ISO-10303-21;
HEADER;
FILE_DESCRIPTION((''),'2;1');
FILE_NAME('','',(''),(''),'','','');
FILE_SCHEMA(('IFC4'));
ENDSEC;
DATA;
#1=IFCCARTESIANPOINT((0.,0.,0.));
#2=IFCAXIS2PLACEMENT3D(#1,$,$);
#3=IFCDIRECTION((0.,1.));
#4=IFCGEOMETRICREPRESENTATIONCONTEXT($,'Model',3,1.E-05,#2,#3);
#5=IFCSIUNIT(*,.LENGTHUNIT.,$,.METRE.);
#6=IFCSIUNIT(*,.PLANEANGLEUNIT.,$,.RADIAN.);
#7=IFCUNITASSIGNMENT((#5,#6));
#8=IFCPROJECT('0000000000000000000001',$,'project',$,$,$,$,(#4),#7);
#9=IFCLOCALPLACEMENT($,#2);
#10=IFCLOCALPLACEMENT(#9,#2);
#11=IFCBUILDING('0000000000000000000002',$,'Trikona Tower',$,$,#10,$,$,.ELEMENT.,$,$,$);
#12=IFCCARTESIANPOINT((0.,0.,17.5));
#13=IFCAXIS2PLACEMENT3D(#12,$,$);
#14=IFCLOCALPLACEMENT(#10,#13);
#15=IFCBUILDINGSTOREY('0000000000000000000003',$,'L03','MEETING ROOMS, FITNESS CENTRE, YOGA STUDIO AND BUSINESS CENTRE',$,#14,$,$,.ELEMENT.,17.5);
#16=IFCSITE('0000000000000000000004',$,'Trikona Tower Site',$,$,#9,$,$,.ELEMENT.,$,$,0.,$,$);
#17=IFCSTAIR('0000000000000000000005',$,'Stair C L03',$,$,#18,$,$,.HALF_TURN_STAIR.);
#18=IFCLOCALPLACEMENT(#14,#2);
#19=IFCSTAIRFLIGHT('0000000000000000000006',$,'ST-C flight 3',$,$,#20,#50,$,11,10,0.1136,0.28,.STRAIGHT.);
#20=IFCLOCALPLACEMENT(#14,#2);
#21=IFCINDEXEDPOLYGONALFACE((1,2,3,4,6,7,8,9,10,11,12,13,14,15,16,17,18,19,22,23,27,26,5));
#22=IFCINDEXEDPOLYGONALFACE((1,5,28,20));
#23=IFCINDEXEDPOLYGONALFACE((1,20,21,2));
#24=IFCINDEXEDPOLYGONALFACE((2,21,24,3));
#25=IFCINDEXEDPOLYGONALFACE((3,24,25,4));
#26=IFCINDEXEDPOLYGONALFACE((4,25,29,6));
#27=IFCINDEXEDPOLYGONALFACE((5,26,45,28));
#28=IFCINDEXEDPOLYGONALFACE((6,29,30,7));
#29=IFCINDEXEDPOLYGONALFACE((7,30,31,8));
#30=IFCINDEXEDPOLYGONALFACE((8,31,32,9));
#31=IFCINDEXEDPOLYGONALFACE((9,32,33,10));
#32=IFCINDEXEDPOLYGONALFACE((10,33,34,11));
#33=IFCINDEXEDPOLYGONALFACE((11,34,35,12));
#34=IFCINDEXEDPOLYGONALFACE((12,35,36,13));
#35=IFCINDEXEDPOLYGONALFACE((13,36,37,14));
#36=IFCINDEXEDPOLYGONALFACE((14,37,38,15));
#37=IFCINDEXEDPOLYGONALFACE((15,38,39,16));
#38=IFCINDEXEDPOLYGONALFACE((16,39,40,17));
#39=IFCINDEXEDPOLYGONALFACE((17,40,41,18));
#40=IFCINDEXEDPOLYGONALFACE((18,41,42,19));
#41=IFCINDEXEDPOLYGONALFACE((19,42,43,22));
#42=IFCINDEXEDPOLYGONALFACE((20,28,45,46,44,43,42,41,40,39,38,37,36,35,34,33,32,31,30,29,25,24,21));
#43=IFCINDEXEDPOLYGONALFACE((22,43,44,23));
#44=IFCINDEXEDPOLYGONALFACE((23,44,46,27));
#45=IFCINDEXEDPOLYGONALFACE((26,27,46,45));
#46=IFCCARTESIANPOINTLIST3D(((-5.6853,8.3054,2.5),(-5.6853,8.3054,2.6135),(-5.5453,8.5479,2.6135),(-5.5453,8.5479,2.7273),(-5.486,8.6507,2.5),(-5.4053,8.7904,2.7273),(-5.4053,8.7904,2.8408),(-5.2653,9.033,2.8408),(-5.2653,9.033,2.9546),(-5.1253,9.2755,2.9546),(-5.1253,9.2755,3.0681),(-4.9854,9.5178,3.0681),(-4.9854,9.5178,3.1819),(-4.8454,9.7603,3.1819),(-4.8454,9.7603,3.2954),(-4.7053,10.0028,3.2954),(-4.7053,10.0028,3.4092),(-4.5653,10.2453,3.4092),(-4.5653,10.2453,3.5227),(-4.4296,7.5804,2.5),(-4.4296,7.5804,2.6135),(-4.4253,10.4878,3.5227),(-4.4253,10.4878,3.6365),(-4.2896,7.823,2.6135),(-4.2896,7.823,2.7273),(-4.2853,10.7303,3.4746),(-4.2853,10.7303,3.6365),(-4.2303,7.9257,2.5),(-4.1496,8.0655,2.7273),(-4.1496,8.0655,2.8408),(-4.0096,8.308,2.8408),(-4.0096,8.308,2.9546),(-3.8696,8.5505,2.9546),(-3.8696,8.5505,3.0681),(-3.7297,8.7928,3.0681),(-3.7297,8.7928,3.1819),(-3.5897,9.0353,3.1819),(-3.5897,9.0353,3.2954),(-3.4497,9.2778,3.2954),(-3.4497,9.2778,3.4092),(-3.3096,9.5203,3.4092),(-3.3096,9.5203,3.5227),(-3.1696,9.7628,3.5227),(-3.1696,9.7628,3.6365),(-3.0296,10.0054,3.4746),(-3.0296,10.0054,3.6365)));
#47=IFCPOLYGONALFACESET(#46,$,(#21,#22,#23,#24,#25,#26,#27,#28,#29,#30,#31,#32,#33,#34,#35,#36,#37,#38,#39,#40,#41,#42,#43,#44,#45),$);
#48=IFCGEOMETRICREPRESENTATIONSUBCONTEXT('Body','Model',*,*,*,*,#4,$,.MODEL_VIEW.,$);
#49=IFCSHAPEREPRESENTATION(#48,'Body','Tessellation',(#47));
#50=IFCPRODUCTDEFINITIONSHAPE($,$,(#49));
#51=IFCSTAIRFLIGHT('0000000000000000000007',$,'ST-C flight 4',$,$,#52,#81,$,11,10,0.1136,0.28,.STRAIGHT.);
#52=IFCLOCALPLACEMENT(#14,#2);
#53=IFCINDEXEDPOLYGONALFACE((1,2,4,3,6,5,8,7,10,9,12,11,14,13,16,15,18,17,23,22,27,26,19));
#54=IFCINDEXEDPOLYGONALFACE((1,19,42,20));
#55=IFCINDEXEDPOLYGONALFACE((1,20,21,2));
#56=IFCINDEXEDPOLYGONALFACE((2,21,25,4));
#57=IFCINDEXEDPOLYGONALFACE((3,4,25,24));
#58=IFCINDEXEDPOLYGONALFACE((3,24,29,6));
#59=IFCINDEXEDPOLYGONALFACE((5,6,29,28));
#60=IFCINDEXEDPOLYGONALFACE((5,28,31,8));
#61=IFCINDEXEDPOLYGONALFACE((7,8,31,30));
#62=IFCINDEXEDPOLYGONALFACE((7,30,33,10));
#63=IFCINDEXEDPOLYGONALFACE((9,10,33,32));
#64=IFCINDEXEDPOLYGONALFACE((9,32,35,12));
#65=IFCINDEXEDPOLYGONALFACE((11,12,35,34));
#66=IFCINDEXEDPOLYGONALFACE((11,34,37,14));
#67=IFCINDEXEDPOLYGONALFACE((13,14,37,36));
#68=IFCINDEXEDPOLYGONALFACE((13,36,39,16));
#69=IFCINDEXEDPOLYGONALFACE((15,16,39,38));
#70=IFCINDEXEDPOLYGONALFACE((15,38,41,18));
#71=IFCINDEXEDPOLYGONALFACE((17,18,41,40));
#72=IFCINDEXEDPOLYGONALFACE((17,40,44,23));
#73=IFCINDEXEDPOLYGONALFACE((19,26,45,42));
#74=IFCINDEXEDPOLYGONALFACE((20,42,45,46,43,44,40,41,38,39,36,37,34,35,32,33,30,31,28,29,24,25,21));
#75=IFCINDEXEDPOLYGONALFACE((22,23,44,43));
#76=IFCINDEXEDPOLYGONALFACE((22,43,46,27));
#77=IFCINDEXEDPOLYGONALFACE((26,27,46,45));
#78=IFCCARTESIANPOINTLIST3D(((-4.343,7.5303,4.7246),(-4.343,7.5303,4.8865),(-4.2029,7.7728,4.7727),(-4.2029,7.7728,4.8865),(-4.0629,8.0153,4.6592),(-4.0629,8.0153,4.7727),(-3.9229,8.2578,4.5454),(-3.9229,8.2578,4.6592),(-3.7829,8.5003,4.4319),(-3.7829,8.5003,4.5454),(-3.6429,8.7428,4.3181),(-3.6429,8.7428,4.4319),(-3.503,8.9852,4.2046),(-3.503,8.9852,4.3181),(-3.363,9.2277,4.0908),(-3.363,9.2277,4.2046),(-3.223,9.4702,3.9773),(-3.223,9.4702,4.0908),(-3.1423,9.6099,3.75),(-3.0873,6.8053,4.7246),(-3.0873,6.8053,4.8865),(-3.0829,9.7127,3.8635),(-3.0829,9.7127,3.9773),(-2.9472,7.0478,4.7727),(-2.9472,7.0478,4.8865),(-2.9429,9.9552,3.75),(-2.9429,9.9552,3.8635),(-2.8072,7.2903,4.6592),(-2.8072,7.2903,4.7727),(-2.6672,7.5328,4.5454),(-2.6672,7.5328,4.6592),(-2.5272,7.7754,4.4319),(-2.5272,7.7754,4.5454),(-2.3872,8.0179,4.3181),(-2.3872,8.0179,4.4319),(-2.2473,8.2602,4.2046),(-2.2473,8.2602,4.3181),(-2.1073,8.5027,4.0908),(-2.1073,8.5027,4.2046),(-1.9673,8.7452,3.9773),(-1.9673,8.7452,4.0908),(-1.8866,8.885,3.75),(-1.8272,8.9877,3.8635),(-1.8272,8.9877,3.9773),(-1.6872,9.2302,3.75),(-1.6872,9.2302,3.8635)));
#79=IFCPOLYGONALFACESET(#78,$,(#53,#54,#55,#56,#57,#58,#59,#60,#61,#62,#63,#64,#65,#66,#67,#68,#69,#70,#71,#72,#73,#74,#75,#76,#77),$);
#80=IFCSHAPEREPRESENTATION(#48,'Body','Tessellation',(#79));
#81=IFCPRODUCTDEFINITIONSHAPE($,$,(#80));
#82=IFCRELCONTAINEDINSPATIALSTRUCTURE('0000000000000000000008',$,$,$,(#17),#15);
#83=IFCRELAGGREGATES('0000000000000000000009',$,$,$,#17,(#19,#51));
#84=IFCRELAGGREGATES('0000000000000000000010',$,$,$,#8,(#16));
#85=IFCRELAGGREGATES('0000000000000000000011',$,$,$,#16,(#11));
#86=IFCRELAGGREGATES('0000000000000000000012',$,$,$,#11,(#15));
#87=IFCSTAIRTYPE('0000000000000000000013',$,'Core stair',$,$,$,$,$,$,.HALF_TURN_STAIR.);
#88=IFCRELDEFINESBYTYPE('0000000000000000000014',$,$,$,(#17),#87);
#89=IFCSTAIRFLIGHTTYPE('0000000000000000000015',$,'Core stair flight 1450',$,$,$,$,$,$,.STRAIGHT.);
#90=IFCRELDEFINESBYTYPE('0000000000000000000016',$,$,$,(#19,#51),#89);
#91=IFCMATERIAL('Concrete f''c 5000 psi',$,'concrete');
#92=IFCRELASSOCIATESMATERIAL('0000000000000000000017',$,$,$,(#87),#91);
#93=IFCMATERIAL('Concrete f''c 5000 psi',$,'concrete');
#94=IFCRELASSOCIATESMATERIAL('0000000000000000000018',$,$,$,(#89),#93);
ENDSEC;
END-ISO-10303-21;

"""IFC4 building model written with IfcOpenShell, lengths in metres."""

from ifc_helpers import new_model, si_unit, direction, frame, origin, place, context, subcontext, project, spatial, polyline, outline, extrude, material, type_object, element, aggregate, save


model = new_model("IFC4")

# Units and contexts
model_context = context("Model", 3, precision=1e-05, world=origin(), true_north=direction((0.0, 1.0)))
body_context = subcontext(model_context, "Body", "Model", "MODEL_VIEW")
ifc_project = project(units=[si_unit("LENGTHUNIT", "METRE"), si_unit("PLANEANGLEUNIT", "RADIAN")], contexts=[model_context])

# Site, building, storey
site_placement = place(None, origin())
site = spatial("IfcSite", under=ifc_project, at=site_placement, Name="Trikona Tower Site", CompositionType="ELEMENT", RefElevation=0.0)
building_placement = place(site_placement, origin())
building = spatial("IfcBuilding", under=site, at=building_placement, Name="Trikona Tower", CompositionType="ELEMENT")
storey_placement = place(building_placement, frame((0.0, 0.0, 17.5)))
storey = spatial("IfcBuildingStorey", under=building, at=storey_placement, Name="L03", Description="MEETING ROOMS, FITNESS CENTRE, YOGA STUDIO AND BUSINESS CENTRE", CompositionType="ELEMENT", Elevation=17.5)

# Stair, stair flights
ifc_material_1 = material(Name="Concrete f'c 5000 psi", Category="concrete")
stair_type = type_object("IfcStairType", Name="Core stair", PredefinedType="HALF_TURN_STAIR", material=ifc_material_1)
stair_placement = place(storey_placement, origin())
stair = element("IfcStair", 1, at=stair_placement, inside=storey, type_object=stair_type, Name="Stair C L03", PredefinedType="HALF_TURN_STAIR")
ifc_material_2 = material(Name="Concrete f'c 5000 psi", Category="concrete")
stair_flight_type = type_object("IfcStairFlightType", Name="Core stair flight 1450", PredefinedType="STRAIGHT", material=ifc_material_2)
stair_flight_1_placement = place(storey_placement, frame((-5.0574, 7.9429, 2.5), z_axis=(0.0, 0.0, 1.0), x_axis=(0.5, 0.866025, 0.0)))
stair_flight_1 = element("IfcStairFlight", 2, at=stair_flight_1_placement, type_object=stair_flight_type, Name="ST-C flight 3", NumberOfRisers=11, NumberOfTreads=10, PredefinedType="STRAIGHT", RiserHeight=0.1136, TreadLength=0.28, context=body_context, shape_type="SweptSolid", body=[
    extrude(outline(polyline([(0.0, 0.0), (0.0, 0.1135), (0.28, 0.1135), (0.28, 0.2273), (0.5601, 0.2273), (0.5601, 0.3408), (0.8401, 0.3408), (0.8401, 0.4546), (1.1201, 0.4546), (1.1201, 0.5681), (1.3999, 0.5681), (1.3999, 0.6819), (1.6799, 0.6819), (1.6799, 0.7954), (1.96, 0.7954), (1.96, 0.9092), (2.24, 0.9092), (2.24, 1.0227), (2.52, 1.0227), (2.52, 1.1365), (2.8, 1.1365), (2.8, 1.25), (2.8, 0.9746), (0.3987, 0.0), (0.0, 0.0)])), frame((0.0, 0.7251, 0.0), z_axis=(0.0, -1.0, 0.0), x_axis=(1.0, 0.0, 0.0)), (0.0, 0.0, 1.0), 1.45),
])
stair_flight_2_placement = place(storey_placement, frame((-2.3152, 9.5928, 3.75), z_axis=(0.0, 0.0, 1.0), x_axis=(-0.5, -0.866025, 0.0)))
stair_flight_2 = element("IfcStairFlight", 3, at=stair_flight_2_placement, type_object=stair_flight_type, Name="ST-C flight 4", NumberOfRisers=11, NumberOfTreads=10, PredefinedType="STRAIGHT", RiserHeight=0.1136, TreadLength=0.28, context=body_context, shape_type="SweptSolid", body=[
    extrude(outline(polyline([(0.0, 0.0), (0.0, 0.1135), (0.28, 0.1135), (0.28, 0.2273), (0.5601, 0.2273), (0.5601, 0.3408), (0.8401, 0.3408), (0.8401, 0.4546), (1.1201, 0.4546), (1.1201, 0.5681), (1.3999, 0.5681), (1.3999, 0.6819), (1.6799, 0.6819), (1.6799, 0.7954), (1.96, 0.7954), (1.96, 0.9092), (2.24, 0.9092), (2.24, 1.0227), (2.52, 1.0227), (2.52, 1.1365), (2.8, 1.1365), (2.8, 1.25), (2.8, 0.9746), (0.3987, 0.0), (0.0, 0.0)])), frame((0.0, 0.7251, 0.0), z_axis=(0.0, -1.0, 0.0), x_axis=(1.0, 0.0, 0.0)), (0.0, 0.0, 1.0), 1.45),
])
aggregate(stair, [stair_flight_1, stair_flight_2])

save(model, "model.ifc")
